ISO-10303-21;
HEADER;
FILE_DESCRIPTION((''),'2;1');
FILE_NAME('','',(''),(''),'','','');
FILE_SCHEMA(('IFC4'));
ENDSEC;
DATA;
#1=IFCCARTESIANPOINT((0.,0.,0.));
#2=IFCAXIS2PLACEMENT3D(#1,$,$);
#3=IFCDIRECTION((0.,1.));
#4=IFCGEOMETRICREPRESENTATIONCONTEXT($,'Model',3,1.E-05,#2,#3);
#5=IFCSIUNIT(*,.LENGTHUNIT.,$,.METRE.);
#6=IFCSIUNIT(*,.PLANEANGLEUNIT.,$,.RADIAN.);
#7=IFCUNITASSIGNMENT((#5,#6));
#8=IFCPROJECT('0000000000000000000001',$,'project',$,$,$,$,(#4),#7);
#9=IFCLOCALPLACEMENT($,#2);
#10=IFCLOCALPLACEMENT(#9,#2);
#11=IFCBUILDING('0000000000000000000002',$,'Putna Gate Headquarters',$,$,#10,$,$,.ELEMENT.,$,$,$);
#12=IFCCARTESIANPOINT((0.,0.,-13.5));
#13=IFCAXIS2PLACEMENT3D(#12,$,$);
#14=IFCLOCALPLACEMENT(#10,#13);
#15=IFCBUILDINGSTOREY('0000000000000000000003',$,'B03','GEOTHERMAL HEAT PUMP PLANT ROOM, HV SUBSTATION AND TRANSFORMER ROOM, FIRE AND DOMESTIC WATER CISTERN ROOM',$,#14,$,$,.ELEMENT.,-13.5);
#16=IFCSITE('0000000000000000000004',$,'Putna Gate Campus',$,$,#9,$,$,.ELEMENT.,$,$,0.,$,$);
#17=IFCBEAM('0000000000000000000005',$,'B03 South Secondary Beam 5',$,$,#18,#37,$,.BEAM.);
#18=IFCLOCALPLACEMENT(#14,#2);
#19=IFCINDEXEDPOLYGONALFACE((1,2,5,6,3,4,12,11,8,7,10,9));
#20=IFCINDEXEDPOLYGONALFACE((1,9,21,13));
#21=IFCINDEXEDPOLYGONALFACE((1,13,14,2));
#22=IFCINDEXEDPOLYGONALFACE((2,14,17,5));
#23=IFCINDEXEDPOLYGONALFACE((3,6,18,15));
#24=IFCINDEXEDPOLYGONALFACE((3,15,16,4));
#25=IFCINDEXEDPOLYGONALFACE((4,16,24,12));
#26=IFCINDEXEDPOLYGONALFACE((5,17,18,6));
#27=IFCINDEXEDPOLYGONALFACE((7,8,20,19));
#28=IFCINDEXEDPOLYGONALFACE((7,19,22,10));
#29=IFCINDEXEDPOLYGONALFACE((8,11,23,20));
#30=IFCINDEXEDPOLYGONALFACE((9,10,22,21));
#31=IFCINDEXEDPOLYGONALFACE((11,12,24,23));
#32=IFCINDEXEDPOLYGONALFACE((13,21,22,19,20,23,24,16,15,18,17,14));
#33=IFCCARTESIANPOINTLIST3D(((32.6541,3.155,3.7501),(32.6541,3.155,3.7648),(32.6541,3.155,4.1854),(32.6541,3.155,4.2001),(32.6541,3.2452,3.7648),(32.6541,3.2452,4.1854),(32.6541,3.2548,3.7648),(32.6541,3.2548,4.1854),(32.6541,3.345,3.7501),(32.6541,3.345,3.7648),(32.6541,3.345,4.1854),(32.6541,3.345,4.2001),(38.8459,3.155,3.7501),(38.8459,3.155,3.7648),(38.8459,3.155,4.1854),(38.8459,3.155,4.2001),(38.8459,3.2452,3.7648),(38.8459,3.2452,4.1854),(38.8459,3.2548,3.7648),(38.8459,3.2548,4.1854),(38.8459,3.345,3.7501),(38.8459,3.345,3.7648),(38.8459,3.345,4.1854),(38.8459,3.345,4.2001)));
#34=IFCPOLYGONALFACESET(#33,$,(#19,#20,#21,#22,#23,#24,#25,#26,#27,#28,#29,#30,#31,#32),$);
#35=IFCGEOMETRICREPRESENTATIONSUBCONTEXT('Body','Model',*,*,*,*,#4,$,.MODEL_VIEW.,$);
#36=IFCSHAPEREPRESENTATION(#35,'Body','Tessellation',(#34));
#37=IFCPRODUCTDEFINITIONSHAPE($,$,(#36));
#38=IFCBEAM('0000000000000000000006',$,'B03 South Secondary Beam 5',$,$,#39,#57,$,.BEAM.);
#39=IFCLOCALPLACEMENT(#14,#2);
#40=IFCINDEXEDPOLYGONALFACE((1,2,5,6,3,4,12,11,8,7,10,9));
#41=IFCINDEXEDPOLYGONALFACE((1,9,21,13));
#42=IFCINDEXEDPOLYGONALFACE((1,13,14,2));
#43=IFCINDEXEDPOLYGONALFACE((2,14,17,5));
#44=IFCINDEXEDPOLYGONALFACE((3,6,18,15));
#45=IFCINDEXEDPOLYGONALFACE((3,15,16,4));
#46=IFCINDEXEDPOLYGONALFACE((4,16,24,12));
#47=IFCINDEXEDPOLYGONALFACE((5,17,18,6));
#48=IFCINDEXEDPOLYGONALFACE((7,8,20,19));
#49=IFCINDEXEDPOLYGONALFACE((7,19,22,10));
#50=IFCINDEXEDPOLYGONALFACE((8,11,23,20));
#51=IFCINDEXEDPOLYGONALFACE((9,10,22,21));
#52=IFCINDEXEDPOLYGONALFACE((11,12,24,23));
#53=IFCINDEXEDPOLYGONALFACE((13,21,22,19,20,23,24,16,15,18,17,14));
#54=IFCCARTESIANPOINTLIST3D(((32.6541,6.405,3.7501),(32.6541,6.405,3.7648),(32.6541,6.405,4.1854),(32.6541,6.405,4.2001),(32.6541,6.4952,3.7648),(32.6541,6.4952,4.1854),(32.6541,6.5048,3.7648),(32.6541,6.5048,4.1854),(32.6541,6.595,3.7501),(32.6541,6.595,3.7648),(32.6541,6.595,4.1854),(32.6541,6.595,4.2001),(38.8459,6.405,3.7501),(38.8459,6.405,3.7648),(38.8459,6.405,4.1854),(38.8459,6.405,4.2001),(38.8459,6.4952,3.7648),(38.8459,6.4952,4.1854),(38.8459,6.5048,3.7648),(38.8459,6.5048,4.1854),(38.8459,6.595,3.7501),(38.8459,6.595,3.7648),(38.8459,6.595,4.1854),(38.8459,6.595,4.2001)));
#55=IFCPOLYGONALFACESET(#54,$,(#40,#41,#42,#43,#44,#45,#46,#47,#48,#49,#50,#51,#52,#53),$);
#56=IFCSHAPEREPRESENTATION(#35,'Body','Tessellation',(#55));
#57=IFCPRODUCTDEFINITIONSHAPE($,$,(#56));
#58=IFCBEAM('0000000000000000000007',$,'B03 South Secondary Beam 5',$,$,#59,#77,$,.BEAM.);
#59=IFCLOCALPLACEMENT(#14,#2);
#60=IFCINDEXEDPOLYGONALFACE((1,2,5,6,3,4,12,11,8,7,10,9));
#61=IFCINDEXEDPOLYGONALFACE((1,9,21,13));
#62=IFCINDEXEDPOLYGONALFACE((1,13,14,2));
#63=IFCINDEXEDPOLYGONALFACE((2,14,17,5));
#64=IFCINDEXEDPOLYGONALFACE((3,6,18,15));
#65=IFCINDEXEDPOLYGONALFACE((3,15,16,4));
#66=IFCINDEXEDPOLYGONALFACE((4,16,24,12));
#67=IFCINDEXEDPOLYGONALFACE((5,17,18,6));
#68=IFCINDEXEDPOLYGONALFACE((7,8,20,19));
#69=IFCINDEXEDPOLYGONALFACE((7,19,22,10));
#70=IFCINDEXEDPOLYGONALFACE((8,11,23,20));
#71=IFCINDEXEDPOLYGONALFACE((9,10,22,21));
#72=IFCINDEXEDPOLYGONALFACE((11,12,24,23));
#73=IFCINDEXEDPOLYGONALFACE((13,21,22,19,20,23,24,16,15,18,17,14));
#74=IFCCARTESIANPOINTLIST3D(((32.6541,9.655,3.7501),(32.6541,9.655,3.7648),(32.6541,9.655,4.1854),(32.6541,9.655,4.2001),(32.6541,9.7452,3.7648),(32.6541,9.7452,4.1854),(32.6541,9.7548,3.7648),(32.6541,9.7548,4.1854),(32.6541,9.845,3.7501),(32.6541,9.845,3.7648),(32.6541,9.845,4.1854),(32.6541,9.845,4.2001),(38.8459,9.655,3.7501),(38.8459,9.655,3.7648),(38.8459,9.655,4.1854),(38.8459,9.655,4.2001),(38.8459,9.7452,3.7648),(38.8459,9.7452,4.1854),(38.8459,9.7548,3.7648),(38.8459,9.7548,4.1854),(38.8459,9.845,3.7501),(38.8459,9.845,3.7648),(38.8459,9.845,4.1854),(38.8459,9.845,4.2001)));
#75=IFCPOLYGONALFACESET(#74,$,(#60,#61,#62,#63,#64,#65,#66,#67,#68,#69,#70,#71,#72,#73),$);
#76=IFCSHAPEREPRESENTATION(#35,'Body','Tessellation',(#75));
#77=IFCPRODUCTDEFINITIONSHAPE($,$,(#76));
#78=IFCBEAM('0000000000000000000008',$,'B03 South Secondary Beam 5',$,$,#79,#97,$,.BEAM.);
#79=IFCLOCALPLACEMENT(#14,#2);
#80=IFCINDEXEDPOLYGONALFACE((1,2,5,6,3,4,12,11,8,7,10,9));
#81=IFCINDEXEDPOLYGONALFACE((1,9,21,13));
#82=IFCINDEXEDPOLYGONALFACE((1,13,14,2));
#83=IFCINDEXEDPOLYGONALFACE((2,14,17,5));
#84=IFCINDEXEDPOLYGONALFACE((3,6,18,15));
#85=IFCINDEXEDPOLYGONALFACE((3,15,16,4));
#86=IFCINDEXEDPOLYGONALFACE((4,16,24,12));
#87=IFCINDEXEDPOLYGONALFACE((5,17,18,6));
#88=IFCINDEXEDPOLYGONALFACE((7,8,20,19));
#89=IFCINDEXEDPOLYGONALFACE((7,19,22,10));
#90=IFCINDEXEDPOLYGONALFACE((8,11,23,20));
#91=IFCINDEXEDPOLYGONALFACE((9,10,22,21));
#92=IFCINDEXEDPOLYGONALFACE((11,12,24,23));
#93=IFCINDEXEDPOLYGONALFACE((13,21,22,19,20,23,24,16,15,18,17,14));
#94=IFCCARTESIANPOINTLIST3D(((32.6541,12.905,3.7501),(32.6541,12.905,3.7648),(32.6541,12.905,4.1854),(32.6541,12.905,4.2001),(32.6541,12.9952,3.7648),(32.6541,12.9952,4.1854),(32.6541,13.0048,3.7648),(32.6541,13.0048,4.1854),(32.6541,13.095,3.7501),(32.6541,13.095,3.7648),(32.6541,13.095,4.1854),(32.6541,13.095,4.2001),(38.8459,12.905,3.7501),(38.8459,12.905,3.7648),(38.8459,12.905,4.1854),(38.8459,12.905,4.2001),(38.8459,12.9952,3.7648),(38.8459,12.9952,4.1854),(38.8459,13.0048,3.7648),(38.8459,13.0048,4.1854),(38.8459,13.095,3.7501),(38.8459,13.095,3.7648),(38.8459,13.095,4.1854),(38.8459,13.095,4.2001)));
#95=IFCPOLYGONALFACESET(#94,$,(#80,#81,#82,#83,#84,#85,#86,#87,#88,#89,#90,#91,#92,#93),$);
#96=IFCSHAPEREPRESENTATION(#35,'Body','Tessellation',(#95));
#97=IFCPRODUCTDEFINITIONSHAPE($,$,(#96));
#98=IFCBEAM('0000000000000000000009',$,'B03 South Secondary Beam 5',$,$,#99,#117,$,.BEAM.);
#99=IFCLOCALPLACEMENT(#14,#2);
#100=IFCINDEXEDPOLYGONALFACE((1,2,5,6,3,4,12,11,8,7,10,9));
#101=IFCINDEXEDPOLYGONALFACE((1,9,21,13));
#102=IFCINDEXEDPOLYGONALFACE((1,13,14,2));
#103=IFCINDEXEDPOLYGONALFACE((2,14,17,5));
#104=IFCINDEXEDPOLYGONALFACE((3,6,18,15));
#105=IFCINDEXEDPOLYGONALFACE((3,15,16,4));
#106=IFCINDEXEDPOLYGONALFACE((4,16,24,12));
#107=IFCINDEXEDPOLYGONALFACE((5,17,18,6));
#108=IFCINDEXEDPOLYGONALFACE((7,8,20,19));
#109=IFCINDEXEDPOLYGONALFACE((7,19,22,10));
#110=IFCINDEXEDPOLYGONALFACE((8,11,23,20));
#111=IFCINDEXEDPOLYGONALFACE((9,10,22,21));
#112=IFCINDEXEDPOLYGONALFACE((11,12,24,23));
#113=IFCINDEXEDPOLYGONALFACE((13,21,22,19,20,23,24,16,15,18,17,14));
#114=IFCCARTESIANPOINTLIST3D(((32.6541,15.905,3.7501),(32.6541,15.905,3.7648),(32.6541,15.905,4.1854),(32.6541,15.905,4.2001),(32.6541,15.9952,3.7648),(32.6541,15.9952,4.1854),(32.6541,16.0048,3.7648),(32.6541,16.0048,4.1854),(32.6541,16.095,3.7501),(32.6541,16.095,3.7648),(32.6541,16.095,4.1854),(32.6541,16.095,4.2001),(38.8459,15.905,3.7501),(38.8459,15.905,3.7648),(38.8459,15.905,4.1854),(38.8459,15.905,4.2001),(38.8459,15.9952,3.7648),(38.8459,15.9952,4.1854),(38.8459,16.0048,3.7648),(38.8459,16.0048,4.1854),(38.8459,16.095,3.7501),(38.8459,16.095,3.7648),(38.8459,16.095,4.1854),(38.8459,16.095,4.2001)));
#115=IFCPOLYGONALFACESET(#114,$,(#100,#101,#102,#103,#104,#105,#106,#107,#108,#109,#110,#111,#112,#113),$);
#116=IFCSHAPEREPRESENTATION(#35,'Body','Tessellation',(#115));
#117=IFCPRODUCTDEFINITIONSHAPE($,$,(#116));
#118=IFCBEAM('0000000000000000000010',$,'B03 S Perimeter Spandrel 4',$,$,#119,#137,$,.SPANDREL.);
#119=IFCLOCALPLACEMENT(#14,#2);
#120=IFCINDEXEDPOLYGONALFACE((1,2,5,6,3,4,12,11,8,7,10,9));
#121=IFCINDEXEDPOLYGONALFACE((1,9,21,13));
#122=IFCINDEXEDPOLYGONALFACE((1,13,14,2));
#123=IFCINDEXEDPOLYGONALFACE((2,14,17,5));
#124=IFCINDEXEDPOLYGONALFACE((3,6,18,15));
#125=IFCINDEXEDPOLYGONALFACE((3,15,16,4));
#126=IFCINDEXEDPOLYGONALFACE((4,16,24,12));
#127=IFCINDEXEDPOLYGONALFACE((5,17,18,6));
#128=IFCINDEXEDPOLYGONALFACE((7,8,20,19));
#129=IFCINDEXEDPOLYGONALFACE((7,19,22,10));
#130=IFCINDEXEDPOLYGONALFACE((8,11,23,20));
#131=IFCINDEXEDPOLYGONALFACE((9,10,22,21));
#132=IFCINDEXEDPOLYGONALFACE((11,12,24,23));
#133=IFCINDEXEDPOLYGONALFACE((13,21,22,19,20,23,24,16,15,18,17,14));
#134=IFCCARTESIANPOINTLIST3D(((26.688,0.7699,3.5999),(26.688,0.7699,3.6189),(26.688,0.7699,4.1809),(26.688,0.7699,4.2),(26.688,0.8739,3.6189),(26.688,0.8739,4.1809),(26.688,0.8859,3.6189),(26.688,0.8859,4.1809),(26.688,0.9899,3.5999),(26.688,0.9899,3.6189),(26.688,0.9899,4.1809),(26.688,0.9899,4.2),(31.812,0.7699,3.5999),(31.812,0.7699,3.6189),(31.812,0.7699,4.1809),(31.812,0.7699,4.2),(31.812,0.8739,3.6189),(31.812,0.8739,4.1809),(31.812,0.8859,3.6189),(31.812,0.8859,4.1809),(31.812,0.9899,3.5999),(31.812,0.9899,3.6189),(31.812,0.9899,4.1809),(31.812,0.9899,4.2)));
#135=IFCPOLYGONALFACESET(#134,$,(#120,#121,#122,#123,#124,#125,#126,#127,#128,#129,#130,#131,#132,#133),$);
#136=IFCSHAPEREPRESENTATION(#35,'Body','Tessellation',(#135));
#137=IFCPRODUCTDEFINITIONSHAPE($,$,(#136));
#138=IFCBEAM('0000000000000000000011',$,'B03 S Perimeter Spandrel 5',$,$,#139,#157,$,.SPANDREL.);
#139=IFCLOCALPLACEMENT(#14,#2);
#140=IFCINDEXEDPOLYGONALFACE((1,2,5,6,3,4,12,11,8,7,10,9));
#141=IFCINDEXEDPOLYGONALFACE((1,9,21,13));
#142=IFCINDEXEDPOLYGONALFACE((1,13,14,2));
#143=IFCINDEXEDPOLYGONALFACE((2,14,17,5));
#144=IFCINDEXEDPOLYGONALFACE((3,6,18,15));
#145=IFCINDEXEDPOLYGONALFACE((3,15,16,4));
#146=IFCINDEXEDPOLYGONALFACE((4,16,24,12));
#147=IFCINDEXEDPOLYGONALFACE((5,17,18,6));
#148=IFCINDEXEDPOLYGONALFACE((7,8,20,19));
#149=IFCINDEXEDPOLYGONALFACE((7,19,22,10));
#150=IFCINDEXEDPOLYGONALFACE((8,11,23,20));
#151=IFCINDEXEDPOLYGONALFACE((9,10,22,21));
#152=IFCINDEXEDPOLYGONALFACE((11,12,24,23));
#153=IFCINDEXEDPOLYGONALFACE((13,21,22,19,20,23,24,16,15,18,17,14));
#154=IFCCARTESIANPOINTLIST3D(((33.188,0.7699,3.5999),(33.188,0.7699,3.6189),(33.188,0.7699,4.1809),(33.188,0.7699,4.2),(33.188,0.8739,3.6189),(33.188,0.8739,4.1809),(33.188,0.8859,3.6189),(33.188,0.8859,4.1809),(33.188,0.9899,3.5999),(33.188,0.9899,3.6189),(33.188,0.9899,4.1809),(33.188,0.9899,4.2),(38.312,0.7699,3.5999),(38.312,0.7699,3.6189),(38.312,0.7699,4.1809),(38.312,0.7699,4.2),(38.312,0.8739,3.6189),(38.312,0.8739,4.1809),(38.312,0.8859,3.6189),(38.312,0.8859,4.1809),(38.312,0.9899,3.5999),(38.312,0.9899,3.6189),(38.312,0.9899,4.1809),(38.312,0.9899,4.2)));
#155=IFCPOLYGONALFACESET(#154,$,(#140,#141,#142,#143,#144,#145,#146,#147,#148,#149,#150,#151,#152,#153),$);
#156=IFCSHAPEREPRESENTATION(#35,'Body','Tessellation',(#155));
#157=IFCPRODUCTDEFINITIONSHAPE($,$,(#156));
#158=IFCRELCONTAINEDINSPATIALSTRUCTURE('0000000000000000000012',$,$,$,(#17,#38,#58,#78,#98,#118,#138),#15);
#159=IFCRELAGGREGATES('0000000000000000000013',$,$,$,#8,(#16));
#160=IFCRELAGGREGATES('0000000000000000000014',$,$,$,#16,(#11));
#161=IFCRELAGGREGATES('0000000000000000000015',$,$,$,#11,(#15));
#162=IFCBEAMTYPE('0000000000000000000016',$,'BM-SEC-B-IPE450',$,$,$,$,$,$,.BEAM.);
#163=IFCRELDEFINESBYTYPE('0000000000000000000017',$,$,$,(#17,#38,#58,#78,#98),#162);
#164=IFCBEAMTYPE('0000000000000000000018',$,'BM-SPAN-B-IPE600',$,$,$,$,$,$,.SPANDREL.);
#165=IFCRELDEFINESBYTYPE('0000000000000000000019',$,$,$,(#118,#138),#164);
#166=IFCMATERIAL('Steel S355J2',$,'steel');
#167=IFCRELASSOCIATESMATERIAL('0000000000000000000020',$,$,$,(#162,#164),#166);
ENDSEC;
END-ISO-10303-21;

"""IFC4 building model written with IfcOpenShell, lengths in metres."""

from ifc_helpers import new_model, si_unit, direction, frame, origin, origin_2d, place, context, subcontext, project, spatial, i_section, extrude, material, material_profile, profile_set, type_object, element, save


model = new_model("IFC4")

# Units and contexts
model_context = context("Model", 3, precision=1e-05, world=origin(), true_north=direction((0.0, 1.0)))
body_context = subcontext(model_context, "Body", "Model", "MODEL_VIEW")
ifc_project = project(units=[si_unit("LENGTHUNIT", "METRE"), si_unit("PLANEANGLEUNIT", "RADIAN")], contexts=[model_context])

# Site, building, storey
site_placement = place(None, origin())
site = spatial("IfcSite", under=ifc_project, at=site_placement, Name="Putna Gate Campus", CompositionType="ELEMENT", RefElevation=0.0)
building_placement = place(site_placement, origin())
building = spatial("IfcBuilding", under=site, at=building_placement, Name="Putna Gate Headquarters", CompositionType="ELEMENT")
storey_placement = place(building_placement, frame((0.0, 0.0, -13.5)))
storey = spatial("IfcBuildingStorey", under=building, at=storey_placement, Name="B03", Description="GEOTHERMAL HEAT PUMP PLANT ROOM, HV SUBSTATION AND TRANSFORMER ROOM, FIRE AND DOMESTIC WATER CISTERN ROOM", CompositionType="ELEMENT", Elevation=-13.5)

# Beams
ifc_material_1 = material(Name="Steel S355J2", Category="steel")
ifc_material_profile_1 = material_profile(ifc_material_1, i_section(OverallWidth=0.1899, OverallDepth=0.45, WebThickness=0.0095, FlangeThickness=0.0146, at=origin_2d()), Name="Steel S355J2")
ifc_profile_set_1 = profile_set([ifc_material_profile_1], Name="Steel S355J2")
beam_type_1 = type_object("IfcBeamType", Name="BM-SEC-B-IPE450", PredefinedType="BEAM", material=ifc_profile_set_1)
for number, where, z_axis, x_axis, name in (
    (1, (32.6541, 3.25, 3.9751), (1.0, 0.0, 0.0), (0.0, 1.0, 0.0), "B03 South Secondary Beam 5"),
    (2, (32.6541, 6.5, 3.9751), (1.0, 0.0, 0.0), (0.0, 1.0, 0.0), "B03 South Secondary Beam 5"),
    (3, (32.6541, 9.75, 3.9751), (1.0, 0.0, 0.0), (0.0, 1.0, 0.0), "B03 South Secondary Beam 5"),
    (4, (32.6541, 13.0, 3.9751), (1.0, 0.0, 0.0), (0.0, 1.0, 0.0), "B03 South Secondary Beam 5"),
    (5, (32.6541, 16.0, 3.9751), (1.0, 0.0, 0.0), (0.0, 1.0, 0.0), "B03 South Secondary Beam 5"),
):
    element("IfcBeam", number, at=place(storey_placement, frame(where, z_axis=z_axis, x_axis=x_axis)), inside=storey, type_object=beam_type_1, Name=name, PredefinedType="BEAM", context=body_context, shape_type="SweptSolid", body=[
        extrude(i_section(OverallWidth=0.1899, OverallDepth=0.45, WebThickness=0.0095, FlangeThickness=0.0146, at=origin_2d()), origin(), (0.0, 0.0, 1.0), 6.1919),
    ])
ifc_material_profile_2 = material_profile(ifc_material_1, i_section(OverallWidth=0.22, OverallDepth=0.6001, WebThickness=0.012, FlangeThickness=0.019, at=origin_2d()), Name="Steel S355J2")
ifc_profile_set_2 = profile_set([ifc_material_profile_2], Name="Steel S355J2")
beam_type_2 = type_object("IfcBeamType", Name="BM-SPAN-B-IPE600", PredefinedType="SPANDREL", material=ifc_profile_set_2)
for number, where, z_axis, x_axis, name in (
    (6, (26.688, 0.8799, 3.8999), (1.0, 0.0, 0.0), (0.0, 1.0, 0.0), "B03 S Perimeter Spandrel 4"),
    (7, (33.188, 0.8799, 3.8999), (1.0, 0.0, 0.0), (0.0, 1.0, 0.0), "B03 S Perimeter Spandrel 5"),
):
    element("IfcBeam", number, at=place(storey_placement, frame(where, z_axis=z_axis, x_axis=x_axis)), inside=storey, type_object=beam_type_2, Name=name, PredefinedType="SPANDREL", context=body_context, shape_type="SweptSolid", body=[
        extrude(i_section(OverallWidth=0.22, OverallDepth=0.6001, WebThickness=0.012, FlangeThickness=0.019, at=origin_2d()), origin(), (0.0, 0.0, 1.0), 5.124),
    ])

save(model, "model.ifc")
